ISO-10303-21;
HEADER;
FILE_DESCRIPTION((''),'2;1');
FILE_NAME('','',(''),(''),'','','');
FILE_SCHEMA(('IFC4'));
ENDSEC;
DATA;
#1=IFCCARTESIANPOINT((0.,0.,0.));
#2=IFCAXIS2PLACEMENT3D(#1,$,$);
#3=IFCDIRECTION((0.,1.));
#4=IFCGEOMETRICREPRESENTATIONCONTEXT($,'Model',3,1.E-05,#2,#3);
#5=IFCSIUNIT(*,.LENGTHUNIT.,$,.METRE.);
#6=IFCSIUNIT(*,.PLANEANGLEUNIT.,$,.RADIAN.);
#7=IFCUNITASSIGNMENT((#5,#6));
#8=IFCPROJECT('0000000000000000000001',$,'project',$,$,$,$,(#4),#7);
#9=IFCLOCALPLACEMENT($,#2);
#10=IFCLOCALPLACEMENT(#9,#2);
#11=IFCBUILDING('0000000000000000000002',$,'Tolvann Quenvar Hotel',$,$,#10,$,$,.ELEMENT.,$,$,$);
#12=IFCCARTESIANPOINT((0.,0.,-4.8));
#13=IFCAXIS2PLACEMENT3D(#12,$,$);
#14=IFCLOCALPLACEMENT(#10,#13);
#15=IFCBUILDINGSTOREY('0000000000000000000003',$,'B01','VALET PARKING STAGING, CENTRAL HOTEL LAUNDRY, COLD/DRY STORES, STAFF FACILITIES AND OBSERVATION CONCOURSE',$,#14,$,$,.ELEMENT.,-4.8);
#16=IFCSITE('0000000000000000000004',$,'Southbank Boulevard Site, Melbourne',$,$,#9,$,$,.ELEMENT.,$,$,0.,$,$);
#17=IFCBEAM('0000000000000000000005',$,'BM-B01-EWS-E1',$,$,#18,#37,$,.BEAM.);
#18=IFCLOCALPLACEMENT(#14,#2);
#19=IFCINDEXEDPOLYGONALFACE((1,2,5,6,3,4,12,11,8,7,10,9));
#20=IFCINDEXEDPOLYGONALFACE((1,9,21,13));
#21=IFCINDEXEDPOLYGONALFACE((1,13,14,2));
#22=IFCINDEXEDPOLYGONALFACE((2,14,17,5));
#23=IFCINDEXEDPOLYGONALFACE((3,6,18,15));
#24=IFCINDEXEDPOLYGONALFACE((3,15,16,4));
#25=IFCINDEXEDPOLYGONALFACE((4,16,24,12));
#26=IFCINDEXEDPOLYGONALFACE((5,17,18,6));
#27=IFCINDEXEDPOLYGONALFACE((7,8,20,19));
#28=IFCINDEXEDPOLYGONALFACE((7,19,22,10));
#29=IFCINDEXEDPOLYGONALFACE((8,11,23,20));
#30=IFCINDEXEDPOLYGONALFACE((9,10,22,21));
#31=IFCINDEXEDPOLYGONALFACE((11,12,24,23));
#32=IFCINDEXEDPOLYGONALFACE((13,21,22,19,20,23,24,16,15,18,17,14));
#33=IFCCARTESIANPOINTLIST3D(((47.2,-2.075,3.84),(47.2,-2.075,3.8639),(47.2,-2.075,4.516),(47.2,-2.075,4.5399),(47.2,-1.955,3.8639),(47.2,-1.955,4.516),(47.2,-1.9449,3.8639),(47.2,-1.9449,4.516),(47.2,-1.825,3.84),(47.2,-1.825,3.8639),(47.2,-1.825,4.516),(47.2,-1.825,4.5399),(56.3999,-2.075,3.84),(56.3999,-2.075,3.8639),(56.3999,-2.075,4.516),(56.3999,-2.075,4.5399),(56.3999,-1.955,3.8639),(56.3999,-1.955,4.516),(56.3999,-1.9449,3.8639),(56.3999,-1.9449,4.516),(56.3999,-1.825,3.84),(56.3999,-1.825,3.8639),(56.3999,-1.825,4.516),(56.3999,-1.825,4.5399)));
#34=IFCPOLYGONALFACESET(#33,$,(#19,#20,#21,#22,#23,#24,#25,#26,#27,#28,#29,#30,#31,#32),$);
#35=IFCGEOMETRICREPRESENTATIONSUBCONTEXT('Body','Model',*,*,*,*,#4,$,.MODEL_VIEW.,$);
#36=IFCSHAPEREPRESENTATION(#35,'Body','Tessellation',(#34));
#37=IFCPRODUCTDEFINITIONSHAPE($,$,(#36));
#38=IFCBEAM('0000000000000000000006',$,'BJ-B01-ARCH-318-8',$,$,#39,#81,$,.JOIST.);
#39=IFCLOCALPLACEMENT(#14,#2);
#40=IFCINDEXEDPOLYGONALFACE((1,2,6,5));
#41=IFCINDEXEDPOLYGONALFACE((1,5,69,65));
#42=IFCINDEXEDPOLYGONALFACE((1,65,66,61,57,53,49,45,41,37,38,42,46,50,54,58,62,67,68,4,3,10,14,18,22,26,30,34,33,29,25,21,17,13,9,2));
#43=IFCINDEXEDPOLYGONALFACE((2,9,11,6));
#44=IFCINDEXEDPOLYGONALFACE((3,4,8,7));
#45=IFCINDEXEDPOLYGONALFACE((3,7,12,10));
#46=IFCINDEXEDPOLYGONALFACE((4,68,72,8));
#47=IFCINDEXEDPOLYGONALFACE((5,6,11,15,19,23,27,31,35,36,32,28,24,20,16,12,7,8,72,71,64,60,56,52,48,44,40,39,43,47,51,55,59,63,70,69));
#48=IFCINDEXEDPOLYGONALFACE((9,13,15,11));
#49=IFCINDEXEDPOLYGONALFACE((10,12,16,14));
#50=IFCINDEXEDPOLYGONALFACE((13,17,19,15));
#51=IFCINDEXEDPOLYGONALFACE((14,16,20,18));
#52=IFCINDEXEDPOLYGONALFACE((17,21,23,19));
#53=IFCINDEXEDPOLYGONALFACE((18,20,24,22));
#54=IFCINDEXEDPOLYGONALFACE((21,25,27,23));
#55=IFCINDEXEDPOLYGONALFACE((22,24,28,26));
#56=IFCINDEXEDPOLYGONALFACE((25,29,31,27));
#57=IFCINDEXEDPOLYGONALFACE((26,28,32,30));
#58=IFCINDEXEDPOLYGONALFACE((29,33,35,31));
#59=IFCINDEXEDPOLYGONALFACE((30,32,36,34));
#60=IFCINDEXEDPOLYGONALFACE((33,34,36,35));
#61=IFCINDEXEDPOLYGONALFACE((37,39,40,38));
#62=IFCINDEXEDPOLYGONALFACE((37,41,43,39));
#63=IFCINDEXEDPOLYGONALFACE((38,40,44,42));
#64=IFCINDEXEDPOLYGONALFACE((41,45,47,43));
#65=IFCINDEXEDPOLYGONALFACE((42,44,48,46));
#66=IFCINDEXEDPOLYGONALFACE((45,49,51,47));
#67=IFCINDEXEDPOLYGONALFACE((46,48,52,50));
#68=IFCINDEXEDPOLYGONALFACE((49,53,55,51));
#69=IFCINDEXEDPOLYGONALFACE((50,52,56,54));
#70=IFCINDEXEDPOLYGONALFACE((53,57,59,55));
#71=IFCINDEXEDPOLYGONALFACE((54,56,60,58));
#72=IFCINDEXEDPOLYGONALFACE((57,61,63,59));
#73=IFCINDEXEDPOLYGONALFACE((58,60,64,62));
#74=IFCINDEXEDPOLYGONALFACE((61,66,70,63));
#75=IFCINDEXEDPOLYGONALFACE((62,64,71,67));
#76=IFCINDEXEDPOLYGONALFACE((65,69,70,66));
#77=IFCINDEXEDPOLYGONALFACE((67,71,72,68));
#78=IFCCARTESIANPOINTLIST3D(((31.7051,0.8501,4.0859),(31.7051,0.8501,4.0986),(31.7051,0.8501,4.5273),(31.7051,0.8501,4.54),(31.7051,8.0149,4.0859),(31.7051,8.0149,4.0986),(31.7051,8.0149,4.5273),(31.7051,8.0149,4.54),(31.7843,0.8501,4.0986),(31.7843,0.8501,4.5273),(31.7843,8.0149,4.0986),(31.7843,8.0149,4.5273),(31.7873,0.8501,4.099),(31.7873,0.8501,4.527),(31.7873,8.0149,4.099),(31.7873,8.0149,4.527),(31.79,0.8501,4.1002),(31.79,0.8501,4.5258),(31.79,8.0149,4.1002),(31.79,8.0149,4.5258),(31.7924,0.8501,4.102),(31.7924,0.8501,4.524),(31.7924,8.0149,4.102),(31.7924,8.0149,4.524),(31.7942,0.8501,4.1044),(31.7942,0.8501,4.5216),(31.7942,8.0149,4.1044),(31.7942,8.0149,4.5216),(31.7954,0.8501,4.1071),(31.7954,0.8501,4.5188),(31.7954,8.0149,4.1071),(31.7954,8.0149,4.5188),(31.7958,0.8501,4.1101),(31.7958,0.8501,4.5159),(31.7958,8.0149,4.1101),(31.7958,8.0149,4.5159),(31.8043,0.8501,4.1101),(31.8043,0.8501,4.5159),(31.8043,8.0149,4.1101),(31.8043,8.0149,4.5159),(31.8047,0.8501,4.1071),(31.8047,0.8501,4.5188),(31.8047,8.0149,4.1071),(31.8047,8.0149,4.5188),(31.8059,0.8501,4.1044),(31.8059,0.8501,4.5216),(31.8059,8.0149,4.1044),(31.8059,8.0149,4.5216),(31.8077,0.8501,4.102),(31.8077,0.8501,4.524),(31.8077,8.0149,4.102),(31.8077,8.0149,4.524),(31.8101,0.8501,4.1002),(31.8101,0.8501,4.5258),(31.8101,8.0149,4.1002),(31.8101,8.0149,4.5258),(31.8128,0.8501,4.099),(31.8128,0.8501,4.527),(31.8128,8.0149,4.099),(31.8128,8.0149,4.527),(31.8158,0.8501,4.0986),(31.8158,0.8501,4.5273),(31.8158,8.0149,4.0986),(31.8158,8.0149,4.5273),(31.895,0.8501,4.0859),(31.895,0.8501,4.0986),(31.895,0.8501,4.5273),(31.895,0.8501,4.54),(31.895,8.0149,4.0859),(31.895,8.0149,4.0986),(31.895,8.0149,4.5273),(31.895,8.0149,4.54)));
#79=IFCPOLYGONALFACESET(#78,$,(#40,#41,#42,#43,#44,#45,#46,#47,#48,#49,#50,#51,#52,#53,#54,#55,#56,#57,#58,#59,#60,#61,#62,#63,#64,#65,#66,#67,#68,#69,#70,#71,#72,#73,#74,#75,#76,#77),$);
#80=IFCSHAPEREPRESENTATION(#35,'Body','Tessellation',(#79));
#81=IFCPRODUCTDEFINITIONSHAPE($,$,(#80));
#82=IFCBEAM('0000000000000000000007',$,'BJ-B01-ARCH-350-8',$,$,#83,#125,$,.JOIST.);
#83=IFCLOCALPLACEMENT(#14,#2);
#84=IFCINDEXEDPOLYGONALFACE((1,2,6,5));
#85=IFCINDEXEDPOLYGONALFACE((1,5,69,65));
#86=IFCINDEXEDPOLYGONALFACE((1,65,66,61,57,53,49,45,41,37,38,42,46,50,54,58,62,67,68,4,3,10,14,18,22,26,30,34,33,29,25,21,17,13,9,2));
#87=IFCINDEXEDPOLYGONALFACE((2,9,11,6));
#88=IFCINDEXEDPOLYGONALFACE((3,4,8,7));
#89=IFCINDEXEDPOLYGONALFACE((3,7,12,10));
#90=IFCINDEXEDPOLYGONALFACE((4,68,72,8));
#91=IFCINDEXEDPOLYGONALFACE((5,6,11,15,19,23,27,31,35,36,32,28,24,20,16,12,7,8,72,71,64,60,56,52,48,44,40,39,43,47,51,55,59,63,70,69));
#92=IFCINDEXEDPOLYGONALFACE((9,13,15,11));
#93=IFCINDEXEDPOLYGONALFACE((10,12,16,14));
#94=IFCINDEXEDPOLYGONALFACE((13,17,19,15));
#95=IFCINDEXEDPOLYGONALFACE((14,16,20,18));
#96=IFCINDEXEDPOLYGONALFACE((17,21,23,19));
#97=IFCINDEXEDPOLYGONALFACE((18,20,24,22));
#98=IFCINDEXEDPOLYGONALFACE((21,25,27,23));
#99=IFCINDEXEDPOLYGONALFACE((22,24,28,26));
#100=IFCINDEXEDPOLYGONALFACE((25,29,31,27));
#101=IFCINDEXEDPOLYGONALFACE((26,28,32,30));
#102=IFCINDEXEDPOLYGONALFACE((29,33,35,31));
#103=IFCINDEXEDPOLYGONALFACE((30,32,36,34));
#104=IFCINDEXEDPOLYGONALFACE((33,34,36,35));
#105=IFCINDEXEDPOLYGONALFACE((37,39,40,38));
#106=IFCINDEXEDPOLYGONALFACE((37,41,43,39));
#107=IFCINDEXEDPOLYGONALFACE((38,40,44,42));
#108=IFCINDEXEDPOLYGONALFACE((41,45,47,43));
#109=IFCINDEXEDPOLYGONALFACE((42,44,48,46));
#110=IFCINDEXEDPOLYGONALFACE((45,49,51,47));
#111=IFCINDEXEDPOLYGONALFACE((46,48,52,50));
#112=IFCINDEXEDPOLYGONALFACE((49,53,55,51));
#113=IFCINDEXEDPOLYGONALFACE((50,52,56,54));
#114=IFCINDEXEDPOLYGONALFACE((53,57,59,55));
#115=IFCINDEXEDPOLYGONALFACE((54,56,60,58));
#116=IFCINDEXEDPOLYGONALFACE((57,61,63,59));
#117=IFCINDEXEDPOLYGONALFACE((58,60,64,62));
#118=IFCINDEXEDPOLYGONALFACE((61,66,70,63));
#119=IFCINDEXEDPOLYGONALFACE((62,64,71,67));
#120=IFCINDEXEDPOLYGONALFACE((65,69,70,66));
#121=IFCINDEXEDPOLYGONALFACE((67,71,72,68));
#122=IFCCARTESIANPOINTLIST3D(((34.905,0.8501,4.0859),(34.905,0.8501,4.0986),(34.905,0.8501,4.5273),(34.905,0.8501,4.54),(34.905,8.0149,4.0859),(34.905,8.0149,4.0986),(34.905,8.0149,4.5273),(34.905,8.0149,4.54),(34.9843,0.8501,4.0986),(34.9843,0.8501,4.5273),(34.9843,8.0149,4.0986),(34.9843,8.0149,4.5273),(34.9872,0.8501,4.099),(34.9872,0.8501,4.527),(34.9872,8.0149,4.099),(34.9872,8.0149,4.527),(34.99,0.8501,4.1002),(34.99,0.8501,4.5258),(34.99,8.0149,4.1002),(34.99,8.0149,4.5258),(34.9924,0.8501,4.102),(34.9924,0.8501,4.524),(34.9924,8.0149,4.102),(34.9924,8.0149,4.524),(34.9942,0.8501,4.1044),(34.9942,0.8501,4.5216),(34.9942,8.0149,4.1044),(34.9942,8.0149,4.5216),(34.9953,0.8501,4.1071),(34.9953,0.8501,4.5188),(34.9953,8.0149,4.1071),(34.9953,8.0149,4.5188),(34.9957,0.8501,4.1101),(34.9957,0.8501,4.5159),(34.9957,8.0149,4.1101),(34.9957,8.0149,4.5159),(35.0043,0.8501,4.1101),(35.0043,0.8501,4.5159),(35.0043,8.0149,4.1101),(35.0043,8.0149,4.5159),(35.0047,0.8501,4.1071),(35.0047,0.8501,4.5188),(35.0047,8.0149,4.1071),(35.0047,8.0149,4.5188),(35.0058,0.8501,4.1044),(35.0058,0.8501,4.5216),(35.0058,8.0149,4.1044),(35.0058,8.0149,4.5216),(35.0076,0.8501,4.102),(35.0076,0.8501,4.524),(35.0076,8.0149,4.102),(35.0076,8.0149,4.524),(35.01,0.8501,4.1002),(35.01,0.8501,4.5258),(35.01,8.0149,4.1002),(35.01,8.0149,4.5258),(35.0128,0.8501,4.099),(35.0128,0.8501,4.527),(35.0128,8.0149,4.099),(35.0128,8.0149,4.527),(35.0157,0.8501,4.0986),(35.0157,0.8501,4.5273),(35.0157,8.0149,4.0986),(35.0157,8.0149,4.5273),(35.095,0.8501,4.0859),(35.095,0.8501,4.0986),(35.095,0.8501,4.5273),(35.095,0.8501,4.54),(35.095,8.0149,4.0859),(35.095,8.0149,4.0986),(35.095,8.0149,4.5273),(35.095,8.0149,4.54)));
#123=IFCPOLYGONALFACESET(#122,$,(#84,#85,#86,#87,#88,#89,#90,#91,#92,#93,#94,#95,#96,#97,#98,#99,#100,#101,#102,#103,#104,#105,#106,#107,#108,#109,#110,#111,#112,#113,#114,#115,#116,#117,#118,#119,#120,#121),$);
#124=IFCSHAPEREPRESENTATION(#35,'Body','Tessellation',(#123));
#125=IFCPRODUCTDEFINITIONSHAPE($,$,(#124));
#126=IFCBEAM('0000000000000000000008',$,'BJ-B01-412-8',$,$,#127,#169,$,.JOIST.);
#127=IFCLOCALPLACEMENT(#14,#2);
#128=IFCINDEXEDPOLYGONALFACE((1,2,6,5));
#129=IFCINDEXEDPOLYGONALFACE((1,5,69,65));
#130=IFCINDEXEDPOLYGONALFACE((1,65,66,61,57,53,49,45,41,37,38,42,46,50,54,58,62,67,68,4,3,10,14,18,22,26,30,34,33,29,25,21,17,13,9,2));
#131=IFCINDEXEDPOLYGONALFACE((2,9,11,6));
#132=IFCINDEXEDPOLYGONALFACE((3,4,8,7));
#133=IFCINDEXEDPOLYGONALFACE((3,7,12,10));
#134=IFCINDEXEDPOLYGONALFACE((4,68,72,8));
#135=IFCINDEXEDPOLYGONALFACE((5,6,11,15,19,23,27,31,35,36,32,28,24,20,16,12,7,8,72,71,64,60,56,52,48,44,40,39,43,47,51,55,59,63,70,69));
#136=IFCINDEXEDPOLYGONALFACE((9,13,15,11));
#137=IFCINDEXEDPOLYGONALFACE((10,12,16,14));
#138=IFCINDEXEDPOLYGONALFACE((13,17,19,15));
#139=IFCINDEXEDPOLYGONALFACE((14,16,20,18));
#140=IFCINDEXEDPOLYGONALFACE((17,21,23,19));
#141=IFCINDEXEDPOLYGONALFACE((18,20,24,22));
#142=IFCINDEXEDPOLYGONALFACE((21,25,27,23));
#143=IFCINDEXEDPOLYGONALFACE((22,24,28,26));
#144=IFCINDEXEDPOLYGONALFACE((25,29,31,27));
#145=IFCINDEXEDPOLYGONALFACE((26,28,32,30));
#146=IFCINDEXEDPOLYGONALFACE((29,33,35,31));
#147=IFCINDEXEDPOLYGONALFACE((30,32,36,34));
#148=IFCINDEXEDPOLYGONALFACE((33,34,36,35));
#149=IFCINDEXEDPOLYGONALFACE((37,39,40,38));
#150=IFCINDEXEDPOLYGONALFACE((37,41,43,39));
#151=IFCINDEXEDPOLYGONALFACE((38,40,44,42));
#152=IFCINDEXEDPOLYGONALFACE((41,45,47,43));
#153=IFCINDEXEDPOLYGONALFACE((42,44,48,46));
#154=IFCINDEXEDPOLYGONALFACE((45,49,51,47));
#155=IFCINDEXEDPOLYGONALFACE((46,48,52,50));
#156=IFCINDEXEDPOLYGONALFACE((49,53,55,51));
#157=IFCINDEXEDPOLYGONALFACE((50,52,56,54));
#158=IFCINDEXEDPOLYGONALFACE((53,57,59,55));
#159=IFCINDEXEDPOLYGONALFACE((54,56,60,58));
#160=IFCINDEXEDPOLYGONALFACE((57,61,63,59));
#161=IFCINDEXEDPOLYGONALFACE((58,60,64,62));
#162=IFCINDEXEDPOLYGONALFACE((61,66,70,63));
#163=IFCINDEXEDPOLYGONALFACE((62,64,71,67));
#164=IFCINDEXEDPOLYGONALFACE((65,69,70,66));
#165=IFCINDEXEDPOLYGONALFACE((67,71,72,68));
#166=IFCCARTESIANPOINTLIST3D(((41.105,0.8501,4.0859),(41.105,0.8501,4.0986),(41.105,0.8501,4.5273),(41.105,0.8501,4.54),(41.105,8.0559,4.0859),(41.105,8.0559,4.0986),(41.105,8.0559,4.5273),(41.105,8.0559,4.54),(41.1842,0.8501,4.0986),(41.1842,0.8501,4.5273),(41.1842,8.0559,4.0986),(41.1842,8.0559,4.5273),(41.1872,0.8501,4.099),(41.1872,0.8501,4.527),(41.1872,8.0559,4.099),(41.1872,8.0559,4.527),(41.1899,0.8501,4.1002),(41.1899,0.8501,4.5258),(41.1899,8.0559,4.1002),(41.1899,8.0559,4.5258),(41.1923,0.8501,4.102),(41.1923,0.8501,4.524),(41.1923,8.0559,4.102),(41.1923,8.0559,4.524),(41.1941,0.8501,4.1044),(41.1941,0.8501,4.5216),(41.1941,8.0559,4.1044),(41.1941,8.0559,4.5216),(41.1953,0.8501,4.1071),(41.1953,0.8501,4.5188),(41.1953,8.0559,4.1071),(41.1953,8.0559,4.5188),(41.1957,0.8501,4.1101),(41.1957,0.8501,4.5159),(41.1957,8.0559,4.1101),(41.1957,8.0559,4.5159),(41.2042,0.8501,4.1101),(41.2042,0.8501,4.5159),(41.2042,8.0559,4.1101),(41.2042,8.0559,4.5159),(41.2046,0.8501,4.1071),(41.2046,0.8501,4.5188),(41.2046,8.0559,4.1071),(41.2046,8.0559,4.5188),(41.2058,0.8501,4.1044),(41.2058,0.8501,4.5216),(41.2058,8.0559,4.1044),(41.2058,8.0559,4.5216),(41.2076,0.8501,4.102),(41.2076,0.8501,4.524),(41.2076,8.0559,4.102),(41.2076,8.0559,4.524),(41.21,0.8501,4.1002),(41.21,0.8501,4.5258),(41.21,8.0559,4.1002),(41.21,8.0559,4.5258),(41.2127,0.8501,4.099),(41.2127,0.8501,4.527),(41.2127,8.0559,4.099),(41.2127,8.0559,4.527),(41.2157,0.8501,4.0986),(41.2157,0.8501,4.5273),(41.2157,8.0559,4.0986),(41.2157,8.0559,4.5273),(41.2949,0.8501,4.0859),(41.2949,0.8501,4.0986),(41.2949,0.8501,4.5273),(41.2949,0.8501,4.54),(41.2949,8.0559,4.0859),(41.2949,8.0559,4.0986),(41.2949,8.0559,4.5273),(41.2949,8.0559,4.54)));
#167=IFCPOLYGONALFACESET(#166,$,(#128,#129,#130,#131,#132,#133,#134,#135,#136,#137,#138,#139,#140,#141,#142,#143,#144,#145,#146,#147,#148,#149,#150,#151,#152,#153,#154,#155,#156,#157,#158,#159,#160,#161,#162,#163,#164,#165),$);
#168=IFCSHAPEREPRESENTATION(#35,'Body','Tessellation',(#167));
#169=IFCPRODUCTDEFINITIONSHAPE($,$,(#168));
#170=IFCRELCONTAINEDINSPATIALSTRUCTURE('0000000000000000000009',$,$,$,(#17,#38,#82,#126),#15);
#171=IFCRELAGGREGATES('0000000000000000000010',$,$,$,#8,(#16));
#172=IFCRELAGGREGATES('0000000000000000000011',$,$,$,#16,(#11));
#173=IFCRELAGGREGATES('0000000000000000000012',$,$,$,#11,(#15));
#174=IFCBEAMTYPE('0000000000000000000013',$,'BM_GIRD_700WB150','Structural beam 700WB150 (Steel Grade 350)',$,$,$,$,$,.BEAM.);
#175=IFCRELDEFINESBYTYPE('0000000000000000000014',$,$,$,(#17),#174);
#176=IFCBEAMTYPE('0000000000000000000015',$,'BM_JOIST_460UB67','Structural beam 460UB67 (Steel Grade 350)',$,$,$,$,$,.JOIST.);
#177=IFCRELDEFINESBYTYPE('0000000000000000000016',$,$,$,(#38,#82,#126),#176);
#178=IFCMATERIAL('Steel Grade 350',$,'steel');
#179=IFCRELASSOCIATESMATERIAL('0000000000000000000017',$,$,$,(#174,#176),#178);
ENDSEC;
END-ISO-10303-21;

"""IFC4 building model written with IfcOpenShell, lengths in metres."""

from ifc_helpers import new_model, si_unit, direction, frame, origin, origin_2d, place, context, subcontext, project, spatial, i_section, extrude, source, transform, mapped, material, material_profile, profile_set, type_object, element, save


model = new_model("IFC4")

# Units and contexts
model_context = context("Model", 3, precision=1e-05, world=origin(), true_north=direction((0.0, 1.0)))
body_context = subcontext(model_context, "Body", "Model", "MODEL_VIEW")
ifc_project = project(units=[si_unit("LENGTHUNIT", "METRE"), si_unit("PLANEANGLEUNIT", "RADIAN")], contexts=[model_context])

# Site, building, storey
site_placement = place(None, origin())
site = spatial("IfcSite", under=ifc_project, at=site_placement, Name="Southbank Boulevard Site, Melbourne", CompositionType="ELEMENT", RefElevation=0.0)
building_placement = place(site_placement, origin())
building = spatial("IfcBuilding", under=site, at=building_placement, Name="Tolvann Quenvar Hotel", CompositionType="ELEMENT")
storey_placement = place(building_placement, frame((0.0, 0.0, -4.8)))
storey = spatial("IfcBuildingStorey", under=building, at=storey_placement, Name="B01", Description="VALET PARKING STAGING, CENTRAL HOTEL LAUNDRY, COLD/DRY STORES, STAFF FACILITIES AND OBSERVATION CONCOURSE", CompositionType="ELEMENT", Elevation=-4.8)

# Beams
ifc_material_1 = material(Name="Steel Grade 350", Category="steel")
ifc_material_profile_1 = material_profile(ifc_material_1, i_section(OverallWidth=0.25, OverallDepth=0.7, WebThickness=0.01, FlangeThickness=0.0239, at=origin_2d()), Name="700WB150")
ifc_profile_set_1 = profile_set([ifc_material_profile_1], Name="Steel Grade 350")
beam_type_1 = type_object("IfcBeamType", Name="BM_GIRD_700WB150", Description="Structural beam 700WB150 (Steel Grade 350)", PredefinedType="BEAM", material=ifc_profile_set_1)
shared_shape_1 = source(origin(), body_context, "Body", "SweptSolid", [
    extrude(i_section(OverallWidth=0.25, OverallDepth=0.7, WebThickness=0.01, FlangeThickness=0.0239, at=origin_2d()), origin(), (0.0, 0.0, 1.0), 9.2),
])
beam_1_placement = place(storey_placement, frame((47.2, -1.95, 4.1899), z_axis=(1.0, 0.0, 0.0), x_axis=(0.0, 1.0, 0.0)))
element("IfcBeam", 1, at=beam_1_placement, inside=storey, type_object=beam_type_1, Name="BM-B01-EWS-E1", PredefinedType="BEAM", context=body_context, shape_type="MappedRepresentation", body=[
    mapped(shared_shape_1, transform((0.0, 0.0, 0.0), x_axis=(1.0, 0.0, 0.0), y_axis=(0.0, 1.0, 0.0), z_axis=(0.0, 0.0, 1.0), scale=1.0)),
])
ifc_material_profile_2 = material_profile(ifc_material_1, i_section(OverallWidth=0.1899, OverallDepth=0.4541, WebThickness=0.0085, FlangeThickness=0.0127, FilletRadius=0.0115, at=origin_2d()), Name="460UB67")
ifc_profile_set_2 = profile_set([ifc_material_profile_2], Name="Steel Grade 350")
beam_type_2 = type_object("IfcBeamType", Name="BM_JOIST_460UB67", Description="Structural beam 460UB67 (Steel Grade 350)", PredefinedType="JOIST", material=ifc_profile_set_2)
shared_shape_2 = source(origin(), body_context, "Body", "SweptSolid", [
    extrude(i_section(OverallWidth=0.1899, OverallDepth=0.4541, WebThickness=0.0085, FlangeThickness=0.0127, FilletRadius=0.0115, at=origin_2d()), origin(), (0.0, 0.0, 1.0), 7.1648),
])
for number, where, z_axis, x_axis, name in (
    (2, (31.8, 0.8501, 4.313), (0.0, 1.0, 0.0), (-1.0, 0.0, 0.0), "BJ-B01-ARCH-318-8"),
    (3, (35.0, 0.8501, 4.313), (0.0, 1.0, 0.0), (-1.0, 0.0, 0.0), "BJ-B01-ARCH-350-8"),
):
    element("IfcBeam", number, at=place(storey_placement, frame(where, z_axis=z_axis, x_axis=x_axis)), inside=storey, type_object=beam_type_2, Name=name, PredefinedType="JOIST", context=body_context, shape_type="MappedRepresentation", body=[
        mapped(shared_shape_2, transform((0.0, 0.0, 0.0), x_axis=(1.0, 0.0, 0.0), y_axis=(0.0, 1.0, 0.0), z_axis=(0.0, 0.0, 1.0), scale=1.0)),
    ])
shared_shape_3 = source(origin(), body_context, "Body", "SweptSolid", [
    extrude(i_section(OverallWidth=0.1899, OverallDepth=0.4541, WebThickness=0.0085, FlangeThickness=0.0127, FilletRadius=0.0115, at=origin_2d()), origin(), (0.0, 0.0, 1.0), 7.2058),
])
for number, where, z_axis, x_axis, name in (
    (4, (41.2, 0.8501, 4.313), (0.0, 1.0, 0.0), (-1.0, 0.0, 0.0), "BJ-B01-412-8"),
):
    element("IfcBeam", number, at=place(storey_placement, frame(where, z_axis=z_axis, x_axis=x_axis)), inside=storey, type_object=beam_type_2, Name=name, PredefinedType="JOIST", context=body_context, shape_type="MappedRepresentation", body=[
        mapped(shared_shape_3, transform((0.0, 0.0, 0.0), x_axis=(1.0, 0.0, 0.0), y_axis=(0.0, 1.0, 0.0), z_axis=(0.0, 0.0, 1.0), scale=1.0)),
    ])

save(model, "model.ifc")
